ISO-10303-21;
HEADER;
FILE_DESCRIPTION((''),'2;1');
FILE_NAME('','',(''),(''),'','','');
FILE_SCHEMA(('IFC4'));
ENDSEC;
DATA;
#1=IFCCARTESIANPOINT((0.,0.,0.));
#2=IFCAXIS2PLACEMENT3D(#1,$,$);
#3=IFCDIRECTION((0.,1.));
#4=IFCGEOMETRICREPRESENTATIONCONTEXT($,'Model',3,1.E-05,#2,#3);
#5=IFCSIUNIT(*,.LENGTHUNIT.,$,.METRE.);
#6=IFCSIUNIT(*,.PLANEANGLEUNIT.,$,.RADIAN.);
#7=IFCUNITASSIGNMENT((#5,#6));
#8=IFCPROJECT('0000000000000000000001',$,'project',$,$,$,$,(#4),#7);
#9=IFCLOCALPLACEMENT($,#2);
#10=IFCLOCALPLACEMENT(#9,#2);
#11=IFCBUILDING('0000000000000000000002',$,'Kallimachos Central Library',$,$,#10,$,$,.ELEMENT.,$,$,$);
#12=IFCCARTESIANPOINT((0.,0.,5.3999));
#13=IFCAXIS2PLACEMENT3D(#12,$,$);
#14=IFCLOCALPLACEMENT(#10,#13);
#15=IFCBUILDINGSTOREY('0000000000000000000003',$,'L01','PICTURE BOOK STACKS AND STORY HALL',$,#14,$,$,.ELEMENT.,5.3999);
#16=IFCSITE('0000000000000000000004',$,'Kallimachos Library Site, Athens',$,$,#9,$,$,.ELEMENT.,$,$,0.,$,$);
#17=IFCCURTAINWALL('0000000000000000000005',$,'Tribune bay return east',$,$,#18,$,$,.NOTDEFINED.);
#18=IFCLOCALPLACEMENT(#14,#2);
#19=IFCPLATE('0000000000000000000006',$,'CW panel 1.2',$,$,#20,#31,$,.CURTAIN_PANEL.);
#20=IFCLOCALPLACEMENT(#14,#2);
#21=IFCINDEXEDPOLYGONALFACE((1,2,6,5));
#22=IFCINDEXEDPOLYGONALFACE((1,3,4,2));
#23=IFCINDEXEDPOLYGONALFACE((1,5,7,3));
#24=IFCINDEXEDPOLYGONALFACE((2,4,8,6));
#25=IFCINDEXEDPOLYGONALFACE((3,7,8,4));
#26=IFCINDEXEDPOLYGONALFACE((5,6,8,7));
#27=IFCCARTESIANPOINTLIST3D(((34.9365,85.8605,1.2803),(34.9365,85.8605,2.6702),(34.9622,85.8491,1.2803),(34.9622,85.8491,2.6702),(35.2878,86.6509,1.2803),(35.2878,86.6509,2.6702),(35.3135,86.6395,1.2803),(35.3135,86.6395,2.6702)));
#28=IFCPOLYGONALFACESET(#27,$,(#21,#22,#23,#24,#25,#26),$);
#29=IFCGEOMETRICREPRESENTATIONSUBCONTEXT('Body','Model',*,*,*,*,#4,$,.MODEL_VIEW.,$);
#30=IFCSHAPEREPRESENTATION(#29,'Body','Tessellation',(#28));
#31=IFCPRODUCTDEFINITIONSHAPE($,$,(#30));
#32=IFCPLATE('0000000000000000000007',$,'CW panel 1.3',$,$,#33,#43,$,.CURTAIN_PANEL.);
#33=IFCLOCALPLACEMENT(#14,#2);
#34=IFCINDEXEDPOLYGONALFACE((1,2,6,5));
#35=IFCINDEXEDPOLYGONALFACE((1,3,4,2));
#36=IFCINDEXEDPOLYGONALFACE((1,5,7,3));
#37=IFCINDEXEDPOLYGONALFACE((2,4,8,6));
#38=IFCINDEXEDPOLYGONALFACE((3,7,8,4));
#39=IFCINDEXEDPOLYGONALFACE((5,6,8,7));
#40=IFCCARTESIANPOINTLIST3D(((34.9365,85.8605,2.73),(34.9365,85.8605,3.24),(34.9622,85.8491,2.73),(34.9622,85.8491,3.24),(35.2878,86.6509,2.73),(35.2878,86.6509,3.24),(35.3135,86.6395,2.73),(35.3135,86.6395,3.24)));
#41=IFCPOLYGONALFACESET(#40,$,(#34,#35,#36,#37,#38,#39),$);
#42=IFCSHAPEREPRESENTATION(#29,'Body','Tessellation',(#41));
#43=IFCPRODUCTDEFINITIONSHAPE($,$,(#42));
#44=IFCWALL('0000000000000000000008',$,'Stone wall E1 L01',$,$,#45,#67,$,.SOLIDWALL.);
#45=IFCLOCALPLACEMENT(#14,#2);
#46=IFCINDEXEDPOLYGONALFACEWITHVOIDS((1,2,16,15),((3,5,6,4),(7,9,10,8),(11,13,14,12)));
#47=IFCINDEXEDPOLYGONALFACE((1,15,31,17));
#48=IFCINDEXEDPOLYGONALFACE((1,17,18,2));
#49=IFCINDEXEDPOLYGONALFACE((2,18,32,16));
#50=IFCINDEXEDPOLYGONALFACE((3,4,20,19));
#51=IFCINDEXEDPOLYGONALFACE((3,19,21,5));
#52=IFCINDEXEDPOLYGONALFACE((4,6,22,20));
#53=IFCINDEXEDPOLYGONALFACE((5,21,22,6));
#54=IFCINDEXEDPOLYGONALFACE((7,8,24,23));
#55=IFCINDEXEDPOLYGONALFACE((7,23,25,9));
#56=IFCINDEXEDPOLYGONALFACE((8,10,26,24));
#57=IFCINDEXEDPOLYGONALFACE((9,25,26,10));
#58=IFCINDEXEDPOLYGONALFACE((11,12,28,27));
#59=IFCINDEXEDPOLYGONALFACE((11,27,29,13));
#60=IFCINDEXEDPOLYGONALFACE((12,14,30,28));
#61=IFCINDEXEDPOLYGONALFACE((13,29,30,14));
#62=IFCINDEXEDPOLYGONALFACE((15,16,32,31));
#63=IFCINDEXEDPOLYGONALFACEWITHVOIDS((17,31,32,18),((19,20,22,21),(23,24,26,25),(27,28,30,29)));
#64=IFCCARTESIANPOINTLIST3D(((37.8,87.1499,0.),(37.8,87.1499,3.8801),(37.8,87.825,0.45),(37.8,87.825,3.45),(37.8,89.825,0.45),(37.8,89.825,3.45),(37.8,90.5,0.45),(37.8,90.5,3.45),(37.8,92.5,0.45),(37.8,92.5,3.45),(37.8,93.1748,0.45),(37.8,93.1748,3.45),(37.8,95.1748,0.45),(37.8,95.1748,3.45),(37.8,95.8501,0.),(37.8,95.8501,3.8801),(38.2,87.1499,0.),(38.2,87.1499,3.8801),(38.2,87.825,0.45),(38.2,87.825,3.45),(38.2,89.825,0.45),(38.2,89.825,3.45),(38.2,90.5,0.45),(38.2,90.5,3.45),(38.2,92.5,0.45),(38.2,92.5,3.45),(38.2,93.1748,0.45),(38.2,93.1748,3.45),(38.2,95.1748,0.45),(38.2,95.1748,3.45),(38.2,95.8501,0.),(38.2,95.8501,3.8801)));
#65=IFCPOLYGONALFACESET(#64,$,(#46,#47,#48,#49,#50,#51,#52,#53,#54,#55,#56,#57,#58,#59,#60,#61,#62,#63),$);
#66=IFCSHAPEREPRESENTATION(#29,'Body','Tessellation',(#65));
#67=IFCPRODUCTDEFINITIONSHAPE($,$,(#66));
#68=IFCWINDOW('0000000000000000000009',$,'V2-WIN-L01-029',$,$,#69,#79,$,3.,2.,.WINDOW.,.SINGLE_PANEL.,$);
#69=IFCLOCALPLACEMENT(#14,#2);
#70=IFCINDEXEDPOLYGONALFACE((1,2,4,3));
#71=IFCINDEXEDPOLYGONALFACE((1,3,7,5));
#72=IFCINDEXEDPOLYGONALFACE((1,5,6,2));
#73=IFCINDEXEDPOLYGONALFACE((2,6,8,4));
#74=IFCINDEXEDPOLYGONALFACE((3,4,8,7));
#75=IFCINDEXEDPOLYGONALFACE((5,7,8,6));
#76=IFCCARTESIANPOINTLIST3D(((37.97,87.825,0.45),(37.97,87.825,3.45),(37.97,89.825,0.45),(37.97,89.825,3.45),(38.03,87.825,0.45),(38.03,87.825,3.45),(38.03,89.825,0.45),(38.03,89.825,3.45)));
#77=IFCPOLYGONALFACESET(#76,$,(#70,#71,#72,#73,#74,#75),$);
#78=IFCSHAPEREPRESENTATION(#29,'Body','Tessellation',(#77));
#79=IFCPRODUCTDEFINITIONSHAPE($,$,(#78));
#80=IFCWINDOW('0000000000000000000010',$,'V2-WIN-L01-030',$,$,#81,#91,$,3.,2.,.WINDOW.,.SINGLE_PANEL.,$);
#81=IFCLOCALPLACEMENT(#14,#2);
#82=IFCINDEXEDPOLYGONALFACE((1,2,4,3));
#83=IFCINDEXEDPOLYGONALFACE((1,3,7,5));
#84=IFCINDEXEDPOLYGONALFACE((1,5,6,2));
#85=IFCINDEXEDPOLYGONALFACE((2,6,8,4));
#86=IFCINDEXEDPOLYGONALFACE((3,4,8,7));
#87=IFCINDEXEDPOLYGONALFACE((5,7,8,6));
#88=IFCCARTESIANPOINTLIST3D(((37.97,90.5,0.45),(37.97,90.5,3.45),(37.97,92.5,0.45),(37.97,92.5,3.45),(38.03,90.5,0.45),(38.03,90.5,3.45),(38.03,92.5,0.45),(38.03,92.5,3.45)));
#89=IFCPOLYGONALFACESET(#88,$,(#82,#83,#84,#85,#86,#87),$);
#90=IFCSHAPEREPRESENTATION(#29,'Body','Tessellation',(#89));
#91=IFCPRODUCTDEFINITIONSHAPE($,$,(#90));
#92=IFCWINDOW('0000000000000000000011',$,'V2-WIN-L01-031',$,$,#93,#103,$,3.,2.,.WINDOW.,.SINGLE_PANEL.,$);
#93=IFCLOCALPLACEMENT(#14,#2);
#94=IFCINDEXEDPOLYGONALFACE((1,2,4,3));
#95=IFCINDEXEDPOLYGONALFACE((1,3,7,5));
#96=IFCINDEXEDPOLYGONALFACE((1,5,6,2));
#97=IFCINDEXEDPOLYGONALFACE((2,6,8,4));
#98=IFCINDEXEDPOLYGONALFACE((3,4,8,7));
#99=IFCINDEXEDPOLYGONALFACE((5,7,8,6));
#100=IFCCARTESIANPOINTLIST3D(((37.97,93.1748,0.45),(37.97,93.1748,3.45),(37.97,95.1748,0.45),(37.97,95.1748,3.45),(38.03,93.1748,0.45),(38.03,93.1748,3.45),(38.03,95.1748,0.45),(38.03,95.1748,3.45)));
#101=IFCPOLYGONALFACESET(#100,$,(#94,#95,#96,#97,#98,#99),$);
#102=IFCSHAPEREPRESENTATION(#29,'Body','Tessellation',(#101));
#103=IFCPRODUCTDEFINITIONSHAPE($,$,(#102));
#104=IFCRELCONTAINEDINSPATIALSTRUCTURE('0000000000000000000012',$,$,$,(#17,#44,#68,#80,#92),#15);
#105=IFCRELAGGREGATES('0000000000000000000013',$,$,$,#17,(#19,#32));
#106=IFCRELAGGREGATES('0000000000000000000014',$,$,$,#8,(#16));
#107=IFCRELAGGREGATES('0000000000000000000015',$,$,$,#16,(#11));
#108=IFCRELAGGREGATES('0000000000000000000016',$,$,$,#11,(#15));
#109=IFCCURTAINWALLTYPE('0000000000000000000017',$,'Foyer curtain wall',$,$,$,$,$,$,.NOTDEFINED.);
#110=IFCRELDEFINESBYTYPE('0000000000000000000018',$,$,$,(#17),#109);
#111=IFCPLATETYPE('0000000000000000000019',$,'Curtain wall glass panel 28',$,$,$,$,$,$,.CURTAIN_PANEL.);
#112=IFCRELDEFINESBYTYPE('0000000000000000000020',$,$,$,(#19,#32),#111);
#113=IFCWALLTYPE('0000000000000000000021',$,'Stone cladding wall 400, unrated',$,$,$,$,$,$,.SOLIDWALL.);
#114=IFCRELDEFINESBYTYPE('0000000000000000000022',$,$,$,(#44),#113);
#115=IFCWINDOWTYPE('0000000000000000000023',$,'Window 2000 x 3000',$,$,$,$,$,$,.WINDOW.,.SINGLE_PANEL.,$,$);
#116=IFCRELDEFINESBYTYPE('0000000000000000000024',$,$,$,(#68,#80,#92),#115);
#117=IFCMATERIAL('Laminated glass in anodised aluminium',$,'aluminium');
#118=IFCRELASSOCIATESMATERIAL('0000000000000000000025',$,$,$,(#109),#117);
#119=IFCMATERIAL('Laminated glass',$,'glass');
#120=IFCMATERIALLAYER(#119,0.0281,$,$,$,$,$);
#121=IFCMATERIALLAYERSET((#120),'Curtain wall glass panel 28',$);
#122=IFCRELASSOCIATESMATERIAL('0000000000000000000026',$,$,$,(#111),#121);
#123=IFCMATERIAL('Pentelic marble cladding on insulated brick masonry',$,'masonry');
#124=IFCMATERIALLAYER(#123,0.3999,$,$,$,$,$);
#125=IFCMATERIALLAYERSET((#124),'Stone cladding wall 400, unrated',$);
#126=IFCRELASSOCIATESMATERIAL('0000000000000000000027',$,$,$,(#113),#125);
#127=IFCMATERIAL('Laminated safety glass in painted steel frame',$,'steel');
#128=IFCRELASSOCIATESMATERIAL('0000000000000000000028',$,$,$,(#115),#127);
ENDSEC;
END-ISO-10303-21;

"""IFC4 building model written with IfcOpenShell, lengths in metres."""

from ifc_helpers import new_model, si_unit, direction, frame, frame_2d, origin, origin_2d, place, context, subcontext, project, spatial, rectangle, extrude, material, layer, layer_set, type_object, element, fill, aggregate, save


model = new_model("IFC4")

# Units and contexts
model_context = context("Model", 3, precision=1e-05, world=origin(), true_north=direction((0.0, 1.0)))
body_context = subcontext(model_context, "Body", "Model", "MODEL_VIEW")
ifc_project = project(units=[si_unit("LENGTHUNIT", "METRE"), si_unit("PLANEANGLEUNIT", "RADIAN")], contexts=[model_context])

# Site, building, storey
site_placement = place(None, origin())
site = spatial("IfcSite", under=ifc_project, at=site_placement, Name="Kallimachos Library Site, Athens", CompositionType="ELEMENT", RefElevation=0.0)
building_placement = place(site_placement, origin())
building = spatial("IfcBuilding", under=site, at=building_placement, Name="Kallimachos Central Library", CompositionType="ELEMENT")
storey_placement = place(building_placement, frame((0.0, 0.0, 5.3999)))
storey = spatial("IfcBuildingStorey", under=building, at=storey_placement, Name="L01", Description="PICTURE BOOK STACKS AND STORY HALL", CompositionType="ELEMENT", Elevation=5.3999)

# Shared definitions
ifc_material_1 = material(Name="Laminated glass in anodised aluminium", Category="aluminium")
curtain_wall_type = type_object("IfcCurtainWallType", Name="Foyer curtain wall", PredefinedType="NOTDEFINED", material=ifc_material_1)

# Curtain wall
curtain_wall_1_placement = place(storey_placement, origin())
curtain_wall_1 = element("IfcCurtainWall", 1, at=curtain_wall_1_placement, inside=storey, type_object=curtain_wall_type, Name="Tribune bay return east", PredefinedType="NOTDEFINED")

# Plates
ifc_material_2 = material(Name="Laminated glass", Category="glass")
ifc_layer_1 = layer(ifc_material_2, 0.0281)
ifc_layer_set_1 = layer_set([ifc_layer_1], Name="Curtain wall glass panel 28")
plate_type = type_object("IfcPlateType", Name="Curtain wall glass panel 28", PredefinedType="CURTAIN_PANEL", material=ifc_layer_set_1)
plate_1_placement = place(storey_placement, frame((35.125, 86.25, 1.2803), z_axis=(0.0, 0.0, 1.0), x_axis=(0.406138, 0.913812, 0.0)))
plate_1 = element("IfcPlate", 2, at=plate_1_placement, type_object=plate_type, Name="CW panel 1.2", PredefinedType="CURTAIN_PANEL", context=body_context, shape_type="SweptSolid", body=[
    extrude(rectangle(XDim=0.865, YDim=0.0281, at=origin_2d()), origin(), (0.0, 0.0, 1.0), 1.3899),
])
plate_2_placement = place(storey_placement, frame((35.125, 86.25, 2.73), z_axis=(0.0, 0.0, 1.0), x_axis=(0.406138, 0.913812, 0.0)))
plate_2 = element("IfcPlate", 3, at=plate_2_placement, type_object=plate_type, Name="CW panel 1.3", PredefinedType="CURTAIN_PANEL", context=body_context, shape_type="SweptSolid", body=[
    extrude(rectangle(XDim=0.865, YDim=0.0281, at=origin_2d()), origin(), (0.0, 0.0, 1.0), 0.51),
])
aggregate(curtain_wall_1, [plate_1, plate_2])

# Wall, openings, windows
ifc_material_3 = material(Name="Pentelic marble cladding on insulated brick masonry", Category="masonry")
ifc_layer_2 = layer(ifc_material_3, 0.3999)
ifc_layer_set_2 = layer_set([ifc_layer_2], Name="Stone cladding wall 400, unrated")
wall_type = type_object("IfcWallType", Name="Stone cladding wall 400, unrated", PredefinedType="SOLIDWALL", material=ifc_layer_set_2)
wall_placement = place(storey_placement, frame((38.0, 87.1499, 0.0), z_axis=(0.0, 0.0, 1.0), x_axis=(0.0, 1.0, 0.0)))
wall = element("IfcWall", 4, at=wall_placement, inside=storey, type_object=wall_type, Name="Stone wall E1 L01", PredefinedType="SOLIDWALL", context=body_context, shape_type="SweptSolid", body=[
    extrude(rectangle(XDim=8.7002, YDim=0.3999, at=frame_2d((4.3501, 0.0))), origin(), (0.0, 0.0, 1.0), 3.8801),
])
opening_1_placement = place(wall_placement, frame((0.675, 0.0, 0.45)))
opening_1 = element("IfcOpeningElement", 5, at=opening_1_placement, cuts=wall, PredefinedType="OPENING", context=body_context, shape_type="SweptSolid", body=[
    extrude(rectangle(XDim=2.0, YDim=3.0, at=frame_2d((1.0, 1.5))), frame((0.0, 0.21, 0.0), z_axis=(0.0, -1.0, 0.0), x_axis=(1.0, 0.0, 0.0)), (0.0, 0.0, 1.0), 0.4199),
])
opening_2_placement = place(wall_placement, frame((3.3501, 0.0, 0.45)))
opening_2 = element("IfcOpeningElement", 6, at=opening_2_placement, cuts=wall, PredefinedType="OPENING", context=body_context, shape_type="SweptSolid", body=[
    extrude(rectangle(XDim=2.0, YDim=3.0, at=frame_2d((1.0, 1.5))), frame((0.0, 0.21, 0.0), z_axis=(0.0, -1.0, 0.0), x_axis=(1.0, 0.0, 0.0)), (0.0, 0.0, 1.0), 0.4199),
])
opening_3_placement = place(wall_placement, frame((6.0249, 0.0, 0.45)))
opening_3 = element("IfcOpeningElement", 7, at=opening_3_placement, cuts=wall, PredefinedType="OPENING", context=body_context, shape_type="SweptSolid", body=[
    extrude(rectangle(XDim=2.0, YDim=3.0, at=frame_2d((1.0, 1.5))), frame((0.0, 0.21, 0.0), z_axis=(0.0, -1.0, 0.0), x_axis=(1.0, 0.0, 0.0)), (0.0, 0.0, 1.0), 0.4199),
])
ifc_material_4 = material(Name="Laminated safety glass in painted steel frame", Category="steel")
window_type = type_object("IfcWindowType", Name="Window 2000 x 3000", PartitioningType="SINGLE_PANEL", PredefinedType="WINDOW", material=ifc_material_4)
window_1_placement = place(opening_1_placement, origin())
window_1 = element("IfcWindow", 8, at=window_1_placement, inside=storey, type_object=window_type, Name="V2-WIN-L01-029", OverallHeight=3.0, OverallWidth=2.0, PartitioningType="SINGLE_PANEL", PredefinedType="WINDOW", context=body_context, shape_type="SweptSolid", body=[
    extrude(rectangle(XDim=2.0, YDim=3.0, at=frame_2d((1.0, 1.5))), frame((0.0, 0.03, 0.0), z_axis=(0.0, -1.0, 0.0), x_axis=(1.0, 0.0, 0.0)), (0.0, 0.0, 1.0), 0.0601),
])
fill(opening_1, window_1)
window_2_placement = place(opening_2_placement, origin())
window_2 = element("IfcWindow", 9, at=window_2_placement, inside=storey, type_object=window_type, Name="V2-WIN-L01-030", OverallHeight=3.0, OverallWidth=2.0, PartitioningType="SINGLE_PANEL", PredefinedType="WINDOW", context=body_context, shape_type="SweptSolid", body=[
    extrude(rectangle(XDim=2.0, YDim=3.0, at=frame_2d((1.0, 1.5))), frame((0.0, 0.03, 0.0), z_axis=(0.0, -1.0, 0.0), x_axis=(1.0, 0.0, 0.0)), (0.0, 0.0, 1.0), 0.0601),
])
fill(opening_2, window_2)
window_3_placement = place(opening_3_placement, origin())
window_3 = element("IfcWindow", 10, at=window_3_placement, inside=storey, type_object=window_type, Name="V2-WIN-L01-031", OverallHeight=3.0, OverallWidth=2.0, PartitioningType="SINGLE_PANEL", PredefinedType="WINDOW", context=body_context, shape_type="SweptSolid", body=[
    extrude(rectangle(XDim=2.0, YDim=3.0, at=frame_2d((1.0, 1.5))), frame((0.0, 0.03, 0.0), z_axis=(0.0, -1.0, 0.0), x_axis=(1.0, 0.0, 0.0)), (0.0, 0.0, 1.0), 0.0601),
])
fill(opening_3, window_3)

save(model, "model.ifc")
